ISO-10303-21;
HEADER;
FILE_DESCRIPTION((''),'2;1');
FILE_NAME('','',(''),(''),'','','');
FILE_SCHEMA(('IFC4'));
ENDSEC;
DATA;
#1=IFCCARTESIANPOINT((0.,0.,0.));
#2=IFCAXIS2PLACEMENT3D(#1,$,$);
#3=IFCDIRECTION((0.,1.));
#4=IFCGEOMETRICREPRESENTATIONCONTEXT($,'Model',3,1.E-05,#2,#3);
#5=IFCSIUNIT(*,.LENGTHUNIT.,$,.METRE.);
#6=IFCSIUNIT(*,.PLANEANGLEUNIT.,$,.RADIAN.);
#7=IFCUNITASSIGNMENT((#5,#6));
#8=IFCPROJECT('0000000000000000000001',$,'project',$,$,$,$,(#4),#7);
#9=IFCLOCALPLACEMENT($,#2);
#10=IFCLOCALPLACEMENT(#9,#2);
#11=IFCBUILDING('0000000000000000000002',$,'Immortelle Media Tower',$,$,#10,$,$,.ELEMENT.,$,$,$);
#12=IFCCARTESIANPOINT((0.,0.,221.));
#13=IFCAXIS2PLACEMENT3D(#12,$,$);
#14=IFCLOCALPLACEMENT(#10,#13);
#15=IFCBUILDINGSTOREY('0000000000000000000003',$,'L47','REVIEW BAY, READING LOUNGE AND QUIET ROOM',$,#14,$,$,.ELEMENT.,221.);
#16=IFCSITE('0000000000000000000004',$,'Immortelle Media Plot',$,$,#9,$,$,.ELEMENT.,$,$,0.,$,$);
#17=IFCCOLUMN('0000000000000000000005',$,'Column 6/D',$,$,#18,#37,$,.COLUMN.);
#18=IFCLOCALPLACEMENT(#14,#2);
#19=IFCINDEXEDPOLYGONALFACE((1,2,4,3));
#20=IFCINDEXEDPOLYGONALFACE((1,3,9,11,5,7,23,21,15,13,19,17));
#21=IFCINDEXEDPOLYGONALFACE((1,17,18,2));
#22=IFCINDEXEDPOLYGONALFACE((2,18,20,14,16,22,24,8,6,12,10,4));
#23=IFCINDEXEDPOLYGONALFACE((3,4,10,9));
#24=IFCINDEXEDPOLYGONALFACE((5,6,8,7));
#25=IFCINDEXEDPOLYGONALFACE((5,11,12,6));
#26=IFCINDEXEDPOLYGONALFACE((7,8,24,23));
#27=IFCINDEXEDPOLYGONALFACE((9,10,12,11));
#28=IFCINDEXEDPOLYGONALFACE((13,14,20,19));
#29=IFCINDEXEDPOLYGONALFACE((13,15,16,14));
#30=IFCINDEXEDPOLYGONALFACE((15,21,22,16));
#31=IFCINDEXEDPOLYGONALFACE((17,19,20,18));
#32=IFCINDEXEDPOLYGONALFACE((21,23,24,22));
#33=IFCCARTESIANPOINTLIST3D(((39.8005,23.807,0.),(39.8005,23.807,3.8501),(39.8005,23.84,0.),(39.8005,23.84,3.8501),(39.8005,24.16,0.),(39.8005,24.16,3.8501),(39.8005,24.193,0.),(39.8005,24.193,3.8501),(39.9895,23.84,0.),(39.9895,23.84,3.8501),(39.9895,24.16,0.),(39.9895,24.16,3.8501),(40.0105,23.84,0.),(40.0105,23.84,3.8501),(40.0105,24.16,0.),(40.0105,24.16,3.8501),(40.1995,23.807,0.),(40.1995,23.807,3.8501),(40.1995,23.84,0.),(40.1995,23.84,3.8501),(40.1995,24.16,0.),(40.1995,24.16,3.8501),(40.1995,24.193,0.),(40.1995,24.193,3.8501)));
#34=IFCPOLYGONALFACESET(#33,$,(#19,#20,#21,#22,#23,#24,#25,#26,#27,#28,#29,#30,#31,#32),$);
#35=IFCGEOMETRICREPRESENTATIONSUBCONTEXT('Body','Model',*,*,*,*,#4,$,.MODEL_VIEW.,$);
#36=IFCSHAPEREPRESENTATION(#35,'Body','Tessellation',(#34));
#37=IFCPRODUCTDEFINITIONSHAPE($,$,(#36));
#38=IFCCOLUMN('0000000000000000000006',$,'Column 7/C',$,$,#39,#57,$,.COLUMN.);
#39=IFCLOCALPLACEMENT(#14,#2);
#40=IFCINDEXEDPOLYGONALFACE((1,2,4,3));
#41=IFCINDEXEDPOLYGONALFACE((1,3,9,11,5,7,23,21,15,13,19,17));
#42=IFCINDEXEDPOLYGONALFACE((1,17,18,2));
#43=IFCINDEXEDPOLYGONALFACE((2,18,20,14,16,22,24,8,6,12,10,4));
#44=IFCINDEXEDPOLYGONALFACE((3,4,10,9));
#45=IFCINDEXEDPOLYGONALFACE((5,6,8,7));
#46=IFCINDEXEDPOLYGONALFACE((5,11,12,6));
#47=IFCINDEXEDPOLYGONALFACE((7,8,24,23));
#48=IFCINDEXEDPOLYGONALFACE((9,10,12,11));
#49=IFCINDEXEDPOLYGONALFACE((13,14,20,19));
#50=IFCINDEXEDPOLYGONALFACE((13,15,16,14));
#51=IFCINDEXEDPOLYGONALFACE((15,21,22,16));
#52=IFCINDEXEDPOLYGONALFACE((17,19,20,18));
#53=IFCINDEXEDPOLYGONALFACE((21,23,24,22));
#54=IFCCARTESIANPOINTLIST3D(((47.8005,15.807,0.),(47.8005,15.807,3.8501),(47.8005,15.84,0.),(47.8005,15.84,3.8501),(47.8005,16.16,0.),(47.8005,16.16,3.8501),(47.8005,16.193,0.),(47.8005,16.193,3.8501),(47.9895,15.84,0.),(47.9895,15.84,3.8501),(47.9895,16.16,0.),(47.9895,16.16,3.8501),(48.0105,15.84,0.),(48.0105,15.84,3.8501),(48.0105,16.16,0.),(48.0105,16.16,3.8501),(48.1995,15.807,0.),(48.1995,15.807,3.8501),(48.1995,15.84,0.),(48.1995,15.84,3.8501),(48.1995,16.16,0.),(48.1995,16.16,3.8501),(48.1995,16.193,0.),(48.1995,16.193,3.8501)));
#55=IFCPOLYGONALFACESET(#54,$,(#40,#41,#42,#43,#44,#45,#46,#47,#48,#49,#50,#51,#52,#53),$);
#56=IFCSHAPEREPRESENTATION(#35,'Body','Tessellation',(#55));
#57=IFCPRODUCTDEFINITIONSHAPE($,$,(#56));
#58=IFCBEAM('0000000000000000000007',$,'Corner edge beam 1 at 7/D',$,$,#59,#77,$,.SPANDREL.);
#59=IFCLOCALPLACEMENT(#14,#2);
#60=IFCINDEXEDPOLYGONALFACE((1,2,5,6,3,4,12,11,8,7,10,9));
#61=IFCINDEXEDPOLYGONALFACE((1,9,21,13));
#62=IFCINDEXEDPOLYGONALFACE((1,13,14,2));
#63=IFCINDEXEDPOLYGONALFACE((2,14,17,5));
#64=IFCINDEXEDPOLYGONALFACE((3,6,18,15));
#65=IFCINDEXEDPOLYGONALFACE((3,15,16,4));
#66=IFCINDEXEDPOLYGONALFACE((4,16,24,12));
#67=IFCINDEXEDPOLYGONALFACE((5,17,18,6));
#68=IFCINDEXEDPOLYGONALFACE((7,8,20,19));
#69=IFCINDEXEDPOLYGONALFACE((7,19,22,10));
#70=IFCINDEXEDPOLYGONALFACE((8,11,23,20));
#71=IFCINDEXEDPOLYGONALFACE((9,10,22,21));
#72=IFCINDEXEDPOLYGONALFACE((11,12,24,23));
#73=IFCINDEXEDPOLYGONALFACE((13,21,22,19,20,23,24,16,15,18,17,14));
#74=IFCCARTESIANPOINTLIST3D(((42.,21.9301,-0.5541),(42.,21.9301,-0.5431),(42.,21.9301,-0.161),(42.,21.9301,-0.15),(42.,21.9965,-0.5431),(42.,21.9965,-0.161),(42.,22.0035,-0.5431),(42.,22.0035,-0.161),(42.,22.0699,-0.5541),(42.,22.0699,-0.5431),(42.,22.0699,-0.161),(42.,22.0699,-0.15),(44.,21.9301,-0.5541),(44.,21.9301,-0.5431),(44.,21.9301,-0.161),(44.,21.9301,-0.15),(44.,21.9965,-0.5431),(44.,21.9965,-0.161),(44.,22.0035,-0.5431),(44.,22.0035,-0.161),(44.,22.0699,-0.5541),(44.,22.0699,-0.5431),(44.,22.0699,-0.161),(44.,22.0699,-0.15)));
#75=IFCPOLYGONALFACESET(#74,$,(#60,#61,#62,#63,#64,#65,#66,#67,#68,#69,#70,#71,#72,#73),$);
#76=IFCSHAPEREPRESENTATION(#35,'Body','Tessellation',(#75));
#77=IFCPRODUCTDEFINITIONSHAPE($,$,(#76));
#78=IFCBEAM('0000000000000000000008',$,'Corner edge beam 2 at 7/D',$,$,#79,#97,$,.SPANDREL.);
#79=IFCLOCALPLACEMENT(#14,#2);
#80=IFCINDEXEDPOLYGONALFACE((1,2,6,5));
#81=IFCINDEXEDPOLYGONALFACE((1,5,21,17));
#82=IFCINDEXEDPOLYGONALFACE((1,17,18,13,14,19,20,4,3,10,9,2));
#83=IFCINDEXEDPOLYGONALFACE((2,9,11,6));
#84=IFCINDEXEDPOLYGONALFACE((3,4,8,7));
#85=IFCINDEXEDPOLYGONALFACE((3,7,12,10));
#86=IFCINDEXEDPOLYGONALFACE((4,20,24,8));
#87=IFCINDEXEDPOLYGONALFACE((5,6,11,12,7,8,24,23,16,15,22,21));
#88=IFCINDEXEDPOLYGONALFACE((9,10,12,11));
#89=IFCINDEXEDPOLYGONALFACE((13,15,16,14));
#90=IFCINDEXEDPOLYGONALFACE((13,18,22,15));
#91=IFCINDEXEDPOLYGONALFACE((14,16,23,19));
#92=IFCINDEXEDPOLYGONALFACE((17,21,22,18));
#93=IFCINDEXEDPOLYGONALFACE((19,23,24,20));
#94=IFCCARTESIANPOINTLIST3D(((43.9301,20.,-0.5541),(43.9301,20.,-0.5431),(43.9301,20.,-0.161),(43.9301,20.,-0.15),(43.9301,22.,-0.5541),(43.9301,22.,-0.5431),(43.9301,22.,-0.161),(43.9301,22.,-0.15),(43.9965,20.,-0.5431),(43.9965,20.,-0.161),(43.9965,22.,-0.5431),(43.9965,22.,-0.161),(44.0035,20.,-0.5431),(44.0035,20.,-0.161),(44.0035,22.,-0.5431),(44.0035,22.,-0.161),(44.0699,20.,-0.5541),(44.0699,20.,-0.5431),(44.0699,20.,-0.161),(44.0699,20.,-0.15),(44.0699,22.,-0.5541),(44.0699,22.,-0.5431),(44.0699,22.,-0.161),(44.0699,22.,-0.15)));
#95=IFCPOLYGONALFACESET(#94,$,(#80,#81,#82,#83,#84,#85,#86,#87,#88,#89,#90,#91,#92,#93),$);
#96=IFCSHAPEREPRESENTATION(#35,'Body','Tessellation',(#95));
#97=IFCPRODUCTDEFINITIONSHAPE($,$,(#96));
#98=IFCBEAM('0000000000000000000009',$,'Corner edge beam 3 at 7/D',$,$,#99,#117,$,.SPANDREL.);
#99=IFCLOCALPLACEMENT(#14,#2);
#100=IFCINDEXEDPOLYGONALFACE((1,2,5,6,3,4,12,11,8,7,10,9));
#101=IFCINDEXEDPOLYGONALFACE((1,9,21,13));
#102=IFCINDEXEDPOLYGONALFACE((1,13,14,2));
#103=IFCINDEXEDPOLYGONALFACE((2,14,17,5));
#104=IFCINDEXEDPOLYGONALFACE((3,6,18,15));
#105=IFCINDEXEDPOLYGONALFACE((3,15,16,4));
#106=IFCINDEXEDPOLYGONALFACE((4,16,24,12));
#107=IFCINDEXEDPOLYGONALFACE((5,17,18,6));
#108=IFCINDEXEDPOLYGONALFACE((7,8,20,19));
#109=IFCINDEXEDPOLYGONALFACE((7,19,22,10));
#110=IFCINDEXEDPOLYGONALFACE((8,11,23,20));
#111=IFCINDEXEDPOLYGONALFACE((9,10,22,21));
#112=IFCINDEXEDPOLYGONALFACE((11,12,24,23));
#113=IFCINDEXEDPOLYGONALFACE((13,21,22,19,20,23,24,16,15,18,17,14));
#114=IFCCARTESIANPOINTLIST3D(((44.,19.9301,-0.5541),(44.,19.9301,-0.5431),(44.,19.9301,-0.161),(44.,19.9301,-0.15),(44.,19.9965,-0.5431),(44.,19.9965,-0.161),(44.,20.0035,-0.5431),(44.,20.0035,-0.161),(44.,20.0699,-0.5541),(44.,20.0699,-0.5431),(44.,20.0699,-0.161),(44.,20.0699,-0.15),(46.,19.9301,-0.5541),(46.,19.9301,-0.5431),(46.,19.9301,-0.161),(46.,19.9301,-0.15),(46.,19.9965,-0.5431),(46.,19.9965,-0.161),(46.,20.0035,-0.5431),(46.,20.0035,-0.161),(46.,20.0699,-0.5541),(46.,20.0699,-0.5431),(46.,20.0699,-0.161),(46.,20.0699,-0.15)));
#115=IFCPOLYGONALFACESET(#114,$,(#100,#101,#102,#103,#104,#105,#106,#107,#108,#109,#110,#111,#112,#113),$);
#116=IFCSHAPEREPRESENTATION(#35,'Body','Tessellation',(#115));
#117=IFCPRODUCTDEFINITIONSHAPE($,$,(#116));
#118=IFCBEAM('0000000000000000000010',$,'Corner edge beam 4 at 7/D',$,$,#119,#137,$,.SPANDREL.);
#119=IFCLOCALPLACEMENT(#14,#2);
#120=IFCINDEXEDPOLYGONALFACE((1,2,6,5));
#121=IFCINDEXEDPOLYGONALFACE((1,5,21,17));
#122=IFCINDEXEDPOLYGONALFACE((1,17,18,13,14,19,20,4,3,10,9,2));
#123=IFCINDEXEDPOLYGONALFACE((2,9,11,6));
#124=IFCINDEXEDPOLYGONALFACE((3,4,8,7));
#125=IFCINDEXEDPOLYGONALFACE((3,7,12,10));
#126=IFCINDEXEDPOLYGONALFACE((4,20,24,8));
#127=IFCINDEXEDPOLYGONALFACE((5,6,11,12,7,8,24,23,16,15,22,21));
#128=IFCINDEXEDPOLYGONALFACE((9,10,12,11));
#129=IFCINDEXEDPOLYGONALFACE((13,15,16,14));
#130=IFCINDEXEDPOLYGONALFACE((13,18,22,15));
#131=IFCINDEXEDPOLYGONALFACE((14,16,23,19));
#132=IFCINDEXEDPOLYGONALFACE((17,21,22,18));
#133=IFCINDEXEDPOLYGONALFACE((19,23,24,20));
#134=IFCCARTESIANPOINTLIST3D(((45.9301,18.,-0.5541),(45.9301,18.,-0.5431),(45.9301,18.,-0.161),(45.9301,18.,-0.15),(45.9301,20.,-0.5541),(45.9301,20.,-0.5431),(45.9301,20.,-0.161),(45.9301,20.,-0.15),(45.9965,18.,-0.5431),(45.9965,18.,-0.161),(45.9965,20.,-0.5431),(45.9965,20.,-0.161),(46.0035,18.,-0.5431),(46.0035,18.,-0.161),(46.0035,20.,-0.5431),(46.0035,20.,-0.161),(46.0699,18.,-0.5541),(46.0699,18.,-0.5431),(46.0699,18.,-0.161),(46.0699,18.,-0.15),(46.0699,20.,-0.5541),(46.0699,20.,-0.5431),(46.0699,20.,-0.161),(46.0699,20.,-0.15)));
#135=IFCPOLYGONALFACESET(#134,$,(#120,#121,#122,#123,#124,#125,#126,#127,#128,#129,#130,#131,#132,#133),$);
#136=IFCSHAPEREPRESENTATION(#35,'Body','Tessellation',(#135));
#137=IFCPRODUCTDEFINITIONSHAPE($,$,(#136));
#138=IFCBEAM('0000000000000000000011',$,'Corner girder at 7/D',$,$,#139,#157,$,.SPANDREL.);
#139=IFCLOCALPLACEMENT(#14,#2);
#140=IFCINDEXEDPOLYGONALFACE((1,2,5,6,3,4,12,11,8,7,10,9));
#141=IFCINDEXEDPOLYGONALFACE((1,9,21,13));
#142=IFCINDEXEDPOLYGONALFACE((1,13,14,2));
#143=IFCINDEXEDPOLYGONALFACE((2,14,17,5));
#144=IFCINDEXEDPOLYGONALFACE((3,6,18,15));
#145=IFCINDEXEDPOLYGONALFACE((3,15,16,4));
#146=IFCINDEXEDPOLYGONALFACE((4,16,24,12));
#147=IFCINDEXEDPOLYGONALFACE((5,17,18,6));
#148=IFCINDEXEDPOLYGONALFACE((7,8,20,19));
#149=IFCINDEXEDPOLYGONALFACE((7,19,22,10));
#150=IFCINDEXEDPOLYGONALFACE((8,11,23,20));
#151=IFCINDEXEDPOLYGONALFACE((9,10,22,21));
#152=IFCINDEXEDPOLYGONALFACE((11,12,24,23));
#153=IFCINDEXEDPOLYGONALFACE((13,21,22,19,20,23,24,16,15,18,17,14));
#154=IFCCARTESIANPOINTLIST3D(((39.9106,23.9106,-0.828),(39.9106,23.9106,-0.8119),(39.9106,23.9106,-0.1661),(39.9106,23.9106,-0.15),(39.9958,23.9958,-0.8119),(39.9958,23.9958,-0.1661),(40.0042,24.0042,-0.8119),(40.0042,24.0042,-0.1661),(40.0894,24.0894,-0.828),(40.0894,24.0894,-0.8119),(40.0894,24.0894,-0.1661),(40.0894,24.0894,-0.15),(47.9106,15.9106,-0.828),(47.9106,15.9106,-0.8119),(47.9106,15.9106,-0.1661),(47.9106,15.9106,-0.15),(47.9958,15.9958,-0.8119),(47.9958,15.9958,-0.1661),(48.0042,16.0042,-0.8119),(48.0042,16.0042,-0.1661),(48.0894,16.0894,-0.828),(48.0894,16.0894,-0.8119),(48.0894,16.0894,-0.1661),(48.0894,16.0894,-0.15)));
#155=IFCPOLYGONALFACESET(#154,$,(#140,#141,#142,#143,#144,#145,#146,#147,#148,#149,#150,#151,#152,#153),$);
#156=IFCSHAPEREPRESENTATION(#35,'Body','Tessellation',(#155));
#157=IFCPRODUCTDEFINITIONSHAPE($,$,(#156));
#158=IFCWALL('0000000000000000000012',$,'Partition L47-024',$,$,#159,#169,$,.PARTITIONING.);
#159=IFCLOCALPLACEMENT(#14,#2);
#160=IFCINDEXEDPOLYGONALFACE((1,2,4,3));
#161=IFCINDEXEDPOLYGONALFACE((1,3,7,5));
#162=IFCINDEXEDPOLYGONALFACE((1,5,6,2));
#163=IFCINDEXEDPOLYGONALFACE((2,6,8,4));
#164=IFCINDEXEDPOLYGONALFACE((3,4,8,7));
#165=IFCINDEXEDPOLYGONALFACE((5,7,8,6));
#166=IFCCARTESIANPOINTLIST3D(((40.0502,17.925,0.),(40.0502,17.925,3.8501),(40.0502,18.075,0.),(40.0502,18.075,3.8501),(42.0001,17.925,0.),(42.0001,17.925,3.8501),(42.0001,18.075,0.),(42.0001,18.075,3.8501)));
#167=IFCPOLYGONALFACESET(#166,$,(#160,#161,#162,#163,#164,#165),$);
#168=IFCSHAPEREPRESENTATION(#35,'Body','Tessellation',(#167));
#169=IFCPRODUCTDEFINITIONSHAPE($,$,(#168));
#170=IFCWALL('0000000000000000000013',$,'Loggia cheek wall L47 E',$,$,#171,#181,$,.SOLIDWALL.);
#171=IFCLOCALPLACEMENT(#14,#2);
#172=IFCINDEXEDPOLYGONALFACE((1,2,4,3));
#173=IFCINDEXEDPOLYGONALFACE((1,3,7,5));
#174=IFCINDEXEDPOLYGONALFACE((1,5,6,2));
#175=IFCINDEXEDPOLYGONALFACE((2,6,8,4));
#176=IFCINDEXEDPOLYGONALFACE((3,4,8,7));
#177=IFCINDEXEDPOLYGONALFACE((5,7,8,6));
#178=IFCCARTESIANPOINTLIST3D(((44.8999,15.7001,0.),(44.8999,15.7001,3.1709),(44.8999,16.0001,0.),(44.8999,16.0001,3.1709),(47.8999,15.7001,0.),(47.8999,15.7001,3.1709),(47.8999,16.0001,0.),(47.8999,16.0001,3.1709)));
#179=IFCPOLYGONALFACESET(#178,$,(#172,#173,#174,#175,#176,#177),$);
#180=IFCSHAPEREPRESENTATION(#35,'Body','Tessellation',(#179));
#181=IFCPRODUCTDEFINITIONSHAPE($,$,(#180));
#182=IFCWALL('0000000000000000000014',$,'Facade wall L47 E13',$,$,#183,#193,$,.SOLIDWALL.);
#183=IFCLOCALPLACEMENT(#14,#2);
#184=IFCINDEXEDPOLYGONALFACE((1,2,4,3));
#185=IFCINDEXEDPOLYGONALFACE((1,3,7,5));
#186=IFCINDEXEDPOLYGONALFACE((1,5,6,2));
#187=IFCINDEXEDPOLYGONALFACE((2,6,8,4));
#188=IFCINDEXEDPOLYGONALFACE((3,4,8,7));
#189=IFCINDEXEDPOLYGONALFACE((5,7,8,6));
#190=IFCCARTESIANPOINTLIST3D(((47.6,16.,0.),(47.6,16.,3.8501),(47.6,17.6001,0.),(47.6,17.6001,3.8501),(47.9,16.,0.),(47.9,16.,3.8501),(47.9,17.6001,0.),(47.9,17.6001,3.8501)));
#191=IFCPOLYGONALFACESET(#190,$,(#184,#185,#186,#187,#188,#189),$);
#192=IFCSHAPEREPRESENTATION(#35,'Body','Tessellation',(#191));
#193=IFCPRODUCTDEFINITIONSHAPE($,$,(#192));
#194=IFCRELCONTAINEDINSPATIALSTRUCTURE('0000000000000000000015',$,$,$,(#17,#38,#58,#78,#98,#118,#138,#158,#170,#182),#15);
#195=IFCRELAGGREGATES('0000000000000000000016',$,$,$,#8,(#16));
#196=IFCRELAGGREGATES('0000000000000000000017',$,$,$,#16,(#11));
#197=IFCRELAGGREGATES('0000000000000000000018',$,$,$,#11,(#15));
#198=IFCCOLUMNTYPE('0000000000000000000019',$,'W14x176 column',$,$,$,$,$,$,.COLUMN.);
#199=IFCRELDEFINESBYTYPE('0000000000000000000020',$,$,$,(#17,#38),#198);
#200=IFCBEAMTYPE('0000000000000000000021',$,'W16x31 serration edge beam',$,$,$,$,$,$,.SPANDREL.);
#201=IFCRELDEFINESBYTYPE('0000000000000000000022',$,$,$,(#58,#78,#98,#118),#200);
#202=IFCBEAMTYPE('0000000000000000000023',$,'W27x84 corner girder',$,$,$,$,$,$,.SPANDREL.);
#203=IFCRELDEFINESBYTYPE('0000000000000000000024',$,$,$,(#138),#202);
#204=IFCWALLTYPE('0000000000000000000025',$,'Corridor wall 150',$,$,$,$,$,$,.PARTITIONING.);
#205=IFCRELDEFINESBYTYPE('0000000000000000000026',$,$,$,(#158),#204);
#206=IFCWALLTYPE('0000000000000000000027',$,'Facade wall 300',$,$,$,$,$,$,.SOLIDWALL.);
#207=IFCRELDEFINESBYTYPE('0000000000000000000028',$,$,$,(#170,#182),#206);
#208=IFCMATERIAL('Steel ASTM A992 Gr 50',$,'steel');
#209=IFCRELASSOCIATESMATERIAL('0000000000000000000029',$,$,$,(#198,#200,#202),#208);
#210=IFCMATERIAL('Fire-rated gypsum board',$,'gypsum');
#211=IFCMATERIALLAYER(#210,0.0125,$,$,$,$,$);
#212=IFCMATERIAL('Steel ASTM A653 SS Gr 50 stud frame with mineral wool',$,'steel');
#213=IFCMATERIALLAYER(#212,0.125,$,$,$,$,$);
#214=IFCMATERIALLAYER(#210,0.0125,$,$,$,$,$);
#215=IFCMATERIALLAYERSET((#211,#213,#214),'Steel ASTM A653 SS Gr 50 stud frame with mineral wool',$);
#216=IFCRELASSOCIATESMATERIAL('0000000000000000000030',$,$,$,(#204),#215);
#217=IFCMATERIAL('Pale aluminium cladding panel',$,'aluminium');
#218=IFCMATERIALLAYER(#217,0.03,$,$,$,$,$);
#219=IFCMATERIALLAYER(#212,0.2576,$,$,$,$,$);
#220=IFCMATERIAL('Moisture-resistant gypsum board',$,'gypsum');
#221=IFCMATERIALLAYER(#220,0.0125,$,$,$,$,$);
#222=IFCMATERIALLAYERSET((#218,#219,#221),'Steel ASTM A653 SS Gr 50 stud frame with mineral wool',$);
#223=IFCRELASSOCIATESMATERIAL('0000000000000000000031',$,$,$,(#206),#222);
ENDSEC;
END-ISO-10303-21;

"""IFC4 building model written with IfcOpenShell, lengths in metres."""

from ifc_helpers import new_model, si_unit, direction, frame, frame_2d, origin, origin_2d, place, context, subcontext, project, spatial, rectangle, i_section, extrude, material, layer, layer_set, material_profile, profile_set, type_object, element, save


model = new_model("IFC4")

# Units and contexts
model_context = context("Model", 3, precision=1e-05, world=origin(), true_north=direction((0.0, 1.0)))
body_context = subcontext(model_context, "Body", "Model", "MODEL_VIEW")
ifc_project = project(units=[si_unit("LENGTHUNIT", "METRE"), si_unit("PLANEANGLEUNIT", "RADIAN")], contexts=[model_context])

# Site, building, storey
site_placement = place(None, origin())
site = spatial("IfcSite", under=ifc_project, at=site_placement, Name="Immortelle Media Plot", CompositionType="ELEMENT", RefElevation=0.0)
building_placement = place(site_placement, origin())
building = spatial("IfcBuilding", under=site, at=building_placement, Name="Immortelle Media Tower", CompositionType="ELEMENT")
storey_placement = place(building_placement, frame((0.0, 0.0, 221.0)))
storey = spatial("IfcBuildingStorey", under=building, at=storey_placement, Name="L47", Description="REVIEW BAY, READING LOUNGE AND QUIET ROOM", CompositionType="ELEMENT", Elevation=221.0)

# Columns
ifc_material_1 = material(Name="Steel ASTM A992 Gr 50", Category="steel")
ifc_material_profile_1 = material_profile(ifc_material_1, i_section(OverallWidth=0.3989, OverallDepth=0.386, WebThickness=0.021, FlangeThickness=0.033, at=origin_2d()), Name="W14x176")
ifc_profile_set_1 = profile_set([ifc_material_profile_1], Name="Steel ASTM A992 Gr 50")
column_type = type_object("IfcColumnType", Name="W14x176 column", PredefinedType="COLUMN", material=ifc_profile_set_1)
for number, where, z_axis, x_axis, name in (
    (1, (40.0, 24.0, 0.0), (0.0, 0.0, 1.0), (1.0, 0.0, 0.0), "Column 6/D"),
    (2, (48.0, 16.0, 0.0), (0.0, 0.0, 1.0), (1.0, 0.0, 0.0), "Column 7/C"),
):
    element("IfcColumn", number, at=place(storey_placement, frame(where, z_axis=z_axis, x_axis=x_axis)), inside=storey, type_object=column_type, Name=name, PredefinedType="COLUMN", context=body_context, shape_type="SweptSolid", body=[
        extrude(i_section(OverallWidth=0.3989, OverallDepth=0.386, WebThickness=0.021, FlangeThickness=0.033, at=origin_2d()), origin(), (0.0, 0.0, 1.0), 3.8501),
    ])

# Beams
ifc_material_profile_2 = material_profile(ifc_material_1, i_section(OverallWidth=0.1399, OverallDepth=0.4041, WebThickness=0.0071, FlangeThickness=0.011, at=origin_2d()), Name="W16x31")
ifc_profile_set_2 = profile_set([ifc_material_profile_2], Name="Steel ASTM A992 Gr 50")
beam_type_1 = type_object("IfcBeamType", Name="W16x31 serration edge beam", PredefinedType="SPANDREL", material=ifc_profile_set_2)
for number, where, z_axis, x_axis, name in (
    (3, (42.0, 22.0, -0.3521), (1.0, 0.0, 0.0), (0.0, 1.0, 0.0), "Corner edge beam 1 at 7/D"),
    (4, (44.0, 22.0, -0.3521), (0.0, -1.0, 0.0), (1.0, 0.0, 0.0), "Corner edge beam 2 at 7/D"),
    (5, (44.0, 20.0, -0.3521), (1.0, 0.0, 0.0), (0.0, 1.0, 0.0), "Corner edge beam 3 at 7/D"),
    (6, (46.0, 20.0, -0.3521), (0.0, -1.0, 0.0), (1.0, 0.0, 0.0), "Corner edge beam 4 at 7/D"),
):
    element("IfcBeam", number, at=place(storey_placement, frame(where, z_axis=z_axis, x_axis=x_axis)), inside=storey, type_object=beam_type_1, Name=name, PredefinedType="SPANDREL", context=body_context, shape_type="SweptSolid", body=[
        extrude(i_section(OverallWidth=0.1399, OverallDepth=0.4041, WebThickness=0.0071, FlangeThickness=0.011, at=origin_2d()), origin(), (0.0, 0.0, 1.0), 2.0),
    ])
ifc_material_profile_3 = material_profile(ifc_material_1, i_section(OverallWidth=0.2529, OverallDepth=0.678, WebThickness=0.012, FlangeThickness=0.0161, at=origin_2d()), Name="W27x84")
ifc_profile_set_3 = profile_set([ifc_material_profile_3], Name="Steel ASTM A992 Gr 50")
beam_type_2 = type_object("IfcBeamType", Name="W27x84 corner girder", PredefinedType="SPANDREL", material=ifc_profile_set_3)
beam_placement = place(storey_placement, frame((40.0, 24.0, -0.489), z_axis=(0.707107, -0.707107, 0.0), x_axis=(0.707107, 0.707107, 0.0)))
element("IfcBeam", 7, at=beam_placement, inside=storey, type_object=beam_type_2, Name="Corner girder at 7/D", PredefinedType="SPANDREL", context=body_context, shape_type="SweptSolid", body=[
    extrude(i_section(OverallWidth=0.2529, OverallDepth=0.678, WebThickness=0.012, FlangeThickness=0.0161, at=origin_2d()), origin(), (0.0, 0.0, 1.0), 11.3137),
])

# Walls
ifc_material_2 = material(Name="Fire-rated gypsum board", Category="gypsum")
ifc_layer_1 = layer(ifc_material_2, 0.0125)
ifc_material_3 = material(Name="Steel ASTM A653 SS Gr 50 stud frame with mineral wool", Category="steel")
ifc_layer_2 = layer(ifc_material_3, 0.125)
ifc_layer_3 = layer(ifc_material_2, 0.0125)
ifc_layer_set_1 = layer_set([ifc_layer_1, ifc_layer_2, ifc_layer_3], Name="Steel ASTM A653 SS Gr 50 stud frame with mineral wool")
wall_type_1 = type_object("IfcWallType", Name="Corridor wall 150", PredefinedType="PARTITIONING", material=ifc_layer_set_1)
wall_1_placement = place(storey_placement, frame((40.05, 18.0, 0.0), z_axis=(0.0, 0.0, 1.0), x_axis=(1.0, 0.0, 0.0)))
element("IfcWall", 8, at=wall_1_placement, inside=storey, type_object=wall_type_1, Name="Partition L47-024", PredefinedType="PARTITIONING", context=body_context, shape_type="SweptSolid", body=[
    extrude(rectangle(XDim=1.95, YDim=0.1499, at=frame_2d((0.9751, 0.0))), origin(), (0.0, 0.0, 1.0), 3.8501),
])
ifc_material_4 = material(Name="Pale aluminium cladding panel", Category="aluminium")
ifc_layer_4 = layer(ifc_material_4, 0.03)
ifc_layer_5 = layer(ifc_material_3, 0.2576)
ifc_material_5 = material(Name="Moisture-resistant gypsum board", Category="gypsum")
ifc_layer_6 = layer(ifc_material_5, 0.0125)
ifc_layer_set_2 = layer_set([ifc_layer_4, ifc_layer_5, ifc_layer_6], Name="Steel ASTM A653 SS Gr 50 stud frame with mineral wool")
wall_type_2 = type_object("IfcWallType", Name="Facade wall 300", PredefinedType="SOLIDWALL", material=ifc_layer_set_2)
wall_2_placement = place(storey_placement, frame((47.8999, 15.8501, 0.0), z_axis=(0.0, 0.0, 1.0), x_axis=(-1.0, 0.0, 0.0)))
element("IfcWall", 9, at=wall_2_placement, inside=storey, type_object=wall_type_2, Name="Loggia cheek wall L47 E", PredefinedType="SOLIDWALL", context=body_context, shape_type="SweptSolid", body=[
    extrude(rectangle(XDim=3.0, YDim=0.3, at=frame_2d((1.5, 0.0))), origin(), (0.0, 0.0, 1.0), 3.1709),
])
wall_3_placement = place(storey_placement, frame((47.75, 16.0, 0.0), z_axis=(0.0, 0.0, 1.0), x_axis=(0.0, 1.0, 0.0)))
element("IfcWall", 10, at=wall_3_placement, inside=storey, type_object=wall_type_2, Name="Facade wall L47 E13", PredefinedType="SOLIDWALL", context=body_context, shape_type="SweptSolid", body=[
    extrude(rectangle(XDim=1.6001, YDim=0.3, at=frame_2d((0.8, 0.0))), origin(), (0.0, 0.0, 1.0), 3.8501),
])

save(model, "model.ifc")
